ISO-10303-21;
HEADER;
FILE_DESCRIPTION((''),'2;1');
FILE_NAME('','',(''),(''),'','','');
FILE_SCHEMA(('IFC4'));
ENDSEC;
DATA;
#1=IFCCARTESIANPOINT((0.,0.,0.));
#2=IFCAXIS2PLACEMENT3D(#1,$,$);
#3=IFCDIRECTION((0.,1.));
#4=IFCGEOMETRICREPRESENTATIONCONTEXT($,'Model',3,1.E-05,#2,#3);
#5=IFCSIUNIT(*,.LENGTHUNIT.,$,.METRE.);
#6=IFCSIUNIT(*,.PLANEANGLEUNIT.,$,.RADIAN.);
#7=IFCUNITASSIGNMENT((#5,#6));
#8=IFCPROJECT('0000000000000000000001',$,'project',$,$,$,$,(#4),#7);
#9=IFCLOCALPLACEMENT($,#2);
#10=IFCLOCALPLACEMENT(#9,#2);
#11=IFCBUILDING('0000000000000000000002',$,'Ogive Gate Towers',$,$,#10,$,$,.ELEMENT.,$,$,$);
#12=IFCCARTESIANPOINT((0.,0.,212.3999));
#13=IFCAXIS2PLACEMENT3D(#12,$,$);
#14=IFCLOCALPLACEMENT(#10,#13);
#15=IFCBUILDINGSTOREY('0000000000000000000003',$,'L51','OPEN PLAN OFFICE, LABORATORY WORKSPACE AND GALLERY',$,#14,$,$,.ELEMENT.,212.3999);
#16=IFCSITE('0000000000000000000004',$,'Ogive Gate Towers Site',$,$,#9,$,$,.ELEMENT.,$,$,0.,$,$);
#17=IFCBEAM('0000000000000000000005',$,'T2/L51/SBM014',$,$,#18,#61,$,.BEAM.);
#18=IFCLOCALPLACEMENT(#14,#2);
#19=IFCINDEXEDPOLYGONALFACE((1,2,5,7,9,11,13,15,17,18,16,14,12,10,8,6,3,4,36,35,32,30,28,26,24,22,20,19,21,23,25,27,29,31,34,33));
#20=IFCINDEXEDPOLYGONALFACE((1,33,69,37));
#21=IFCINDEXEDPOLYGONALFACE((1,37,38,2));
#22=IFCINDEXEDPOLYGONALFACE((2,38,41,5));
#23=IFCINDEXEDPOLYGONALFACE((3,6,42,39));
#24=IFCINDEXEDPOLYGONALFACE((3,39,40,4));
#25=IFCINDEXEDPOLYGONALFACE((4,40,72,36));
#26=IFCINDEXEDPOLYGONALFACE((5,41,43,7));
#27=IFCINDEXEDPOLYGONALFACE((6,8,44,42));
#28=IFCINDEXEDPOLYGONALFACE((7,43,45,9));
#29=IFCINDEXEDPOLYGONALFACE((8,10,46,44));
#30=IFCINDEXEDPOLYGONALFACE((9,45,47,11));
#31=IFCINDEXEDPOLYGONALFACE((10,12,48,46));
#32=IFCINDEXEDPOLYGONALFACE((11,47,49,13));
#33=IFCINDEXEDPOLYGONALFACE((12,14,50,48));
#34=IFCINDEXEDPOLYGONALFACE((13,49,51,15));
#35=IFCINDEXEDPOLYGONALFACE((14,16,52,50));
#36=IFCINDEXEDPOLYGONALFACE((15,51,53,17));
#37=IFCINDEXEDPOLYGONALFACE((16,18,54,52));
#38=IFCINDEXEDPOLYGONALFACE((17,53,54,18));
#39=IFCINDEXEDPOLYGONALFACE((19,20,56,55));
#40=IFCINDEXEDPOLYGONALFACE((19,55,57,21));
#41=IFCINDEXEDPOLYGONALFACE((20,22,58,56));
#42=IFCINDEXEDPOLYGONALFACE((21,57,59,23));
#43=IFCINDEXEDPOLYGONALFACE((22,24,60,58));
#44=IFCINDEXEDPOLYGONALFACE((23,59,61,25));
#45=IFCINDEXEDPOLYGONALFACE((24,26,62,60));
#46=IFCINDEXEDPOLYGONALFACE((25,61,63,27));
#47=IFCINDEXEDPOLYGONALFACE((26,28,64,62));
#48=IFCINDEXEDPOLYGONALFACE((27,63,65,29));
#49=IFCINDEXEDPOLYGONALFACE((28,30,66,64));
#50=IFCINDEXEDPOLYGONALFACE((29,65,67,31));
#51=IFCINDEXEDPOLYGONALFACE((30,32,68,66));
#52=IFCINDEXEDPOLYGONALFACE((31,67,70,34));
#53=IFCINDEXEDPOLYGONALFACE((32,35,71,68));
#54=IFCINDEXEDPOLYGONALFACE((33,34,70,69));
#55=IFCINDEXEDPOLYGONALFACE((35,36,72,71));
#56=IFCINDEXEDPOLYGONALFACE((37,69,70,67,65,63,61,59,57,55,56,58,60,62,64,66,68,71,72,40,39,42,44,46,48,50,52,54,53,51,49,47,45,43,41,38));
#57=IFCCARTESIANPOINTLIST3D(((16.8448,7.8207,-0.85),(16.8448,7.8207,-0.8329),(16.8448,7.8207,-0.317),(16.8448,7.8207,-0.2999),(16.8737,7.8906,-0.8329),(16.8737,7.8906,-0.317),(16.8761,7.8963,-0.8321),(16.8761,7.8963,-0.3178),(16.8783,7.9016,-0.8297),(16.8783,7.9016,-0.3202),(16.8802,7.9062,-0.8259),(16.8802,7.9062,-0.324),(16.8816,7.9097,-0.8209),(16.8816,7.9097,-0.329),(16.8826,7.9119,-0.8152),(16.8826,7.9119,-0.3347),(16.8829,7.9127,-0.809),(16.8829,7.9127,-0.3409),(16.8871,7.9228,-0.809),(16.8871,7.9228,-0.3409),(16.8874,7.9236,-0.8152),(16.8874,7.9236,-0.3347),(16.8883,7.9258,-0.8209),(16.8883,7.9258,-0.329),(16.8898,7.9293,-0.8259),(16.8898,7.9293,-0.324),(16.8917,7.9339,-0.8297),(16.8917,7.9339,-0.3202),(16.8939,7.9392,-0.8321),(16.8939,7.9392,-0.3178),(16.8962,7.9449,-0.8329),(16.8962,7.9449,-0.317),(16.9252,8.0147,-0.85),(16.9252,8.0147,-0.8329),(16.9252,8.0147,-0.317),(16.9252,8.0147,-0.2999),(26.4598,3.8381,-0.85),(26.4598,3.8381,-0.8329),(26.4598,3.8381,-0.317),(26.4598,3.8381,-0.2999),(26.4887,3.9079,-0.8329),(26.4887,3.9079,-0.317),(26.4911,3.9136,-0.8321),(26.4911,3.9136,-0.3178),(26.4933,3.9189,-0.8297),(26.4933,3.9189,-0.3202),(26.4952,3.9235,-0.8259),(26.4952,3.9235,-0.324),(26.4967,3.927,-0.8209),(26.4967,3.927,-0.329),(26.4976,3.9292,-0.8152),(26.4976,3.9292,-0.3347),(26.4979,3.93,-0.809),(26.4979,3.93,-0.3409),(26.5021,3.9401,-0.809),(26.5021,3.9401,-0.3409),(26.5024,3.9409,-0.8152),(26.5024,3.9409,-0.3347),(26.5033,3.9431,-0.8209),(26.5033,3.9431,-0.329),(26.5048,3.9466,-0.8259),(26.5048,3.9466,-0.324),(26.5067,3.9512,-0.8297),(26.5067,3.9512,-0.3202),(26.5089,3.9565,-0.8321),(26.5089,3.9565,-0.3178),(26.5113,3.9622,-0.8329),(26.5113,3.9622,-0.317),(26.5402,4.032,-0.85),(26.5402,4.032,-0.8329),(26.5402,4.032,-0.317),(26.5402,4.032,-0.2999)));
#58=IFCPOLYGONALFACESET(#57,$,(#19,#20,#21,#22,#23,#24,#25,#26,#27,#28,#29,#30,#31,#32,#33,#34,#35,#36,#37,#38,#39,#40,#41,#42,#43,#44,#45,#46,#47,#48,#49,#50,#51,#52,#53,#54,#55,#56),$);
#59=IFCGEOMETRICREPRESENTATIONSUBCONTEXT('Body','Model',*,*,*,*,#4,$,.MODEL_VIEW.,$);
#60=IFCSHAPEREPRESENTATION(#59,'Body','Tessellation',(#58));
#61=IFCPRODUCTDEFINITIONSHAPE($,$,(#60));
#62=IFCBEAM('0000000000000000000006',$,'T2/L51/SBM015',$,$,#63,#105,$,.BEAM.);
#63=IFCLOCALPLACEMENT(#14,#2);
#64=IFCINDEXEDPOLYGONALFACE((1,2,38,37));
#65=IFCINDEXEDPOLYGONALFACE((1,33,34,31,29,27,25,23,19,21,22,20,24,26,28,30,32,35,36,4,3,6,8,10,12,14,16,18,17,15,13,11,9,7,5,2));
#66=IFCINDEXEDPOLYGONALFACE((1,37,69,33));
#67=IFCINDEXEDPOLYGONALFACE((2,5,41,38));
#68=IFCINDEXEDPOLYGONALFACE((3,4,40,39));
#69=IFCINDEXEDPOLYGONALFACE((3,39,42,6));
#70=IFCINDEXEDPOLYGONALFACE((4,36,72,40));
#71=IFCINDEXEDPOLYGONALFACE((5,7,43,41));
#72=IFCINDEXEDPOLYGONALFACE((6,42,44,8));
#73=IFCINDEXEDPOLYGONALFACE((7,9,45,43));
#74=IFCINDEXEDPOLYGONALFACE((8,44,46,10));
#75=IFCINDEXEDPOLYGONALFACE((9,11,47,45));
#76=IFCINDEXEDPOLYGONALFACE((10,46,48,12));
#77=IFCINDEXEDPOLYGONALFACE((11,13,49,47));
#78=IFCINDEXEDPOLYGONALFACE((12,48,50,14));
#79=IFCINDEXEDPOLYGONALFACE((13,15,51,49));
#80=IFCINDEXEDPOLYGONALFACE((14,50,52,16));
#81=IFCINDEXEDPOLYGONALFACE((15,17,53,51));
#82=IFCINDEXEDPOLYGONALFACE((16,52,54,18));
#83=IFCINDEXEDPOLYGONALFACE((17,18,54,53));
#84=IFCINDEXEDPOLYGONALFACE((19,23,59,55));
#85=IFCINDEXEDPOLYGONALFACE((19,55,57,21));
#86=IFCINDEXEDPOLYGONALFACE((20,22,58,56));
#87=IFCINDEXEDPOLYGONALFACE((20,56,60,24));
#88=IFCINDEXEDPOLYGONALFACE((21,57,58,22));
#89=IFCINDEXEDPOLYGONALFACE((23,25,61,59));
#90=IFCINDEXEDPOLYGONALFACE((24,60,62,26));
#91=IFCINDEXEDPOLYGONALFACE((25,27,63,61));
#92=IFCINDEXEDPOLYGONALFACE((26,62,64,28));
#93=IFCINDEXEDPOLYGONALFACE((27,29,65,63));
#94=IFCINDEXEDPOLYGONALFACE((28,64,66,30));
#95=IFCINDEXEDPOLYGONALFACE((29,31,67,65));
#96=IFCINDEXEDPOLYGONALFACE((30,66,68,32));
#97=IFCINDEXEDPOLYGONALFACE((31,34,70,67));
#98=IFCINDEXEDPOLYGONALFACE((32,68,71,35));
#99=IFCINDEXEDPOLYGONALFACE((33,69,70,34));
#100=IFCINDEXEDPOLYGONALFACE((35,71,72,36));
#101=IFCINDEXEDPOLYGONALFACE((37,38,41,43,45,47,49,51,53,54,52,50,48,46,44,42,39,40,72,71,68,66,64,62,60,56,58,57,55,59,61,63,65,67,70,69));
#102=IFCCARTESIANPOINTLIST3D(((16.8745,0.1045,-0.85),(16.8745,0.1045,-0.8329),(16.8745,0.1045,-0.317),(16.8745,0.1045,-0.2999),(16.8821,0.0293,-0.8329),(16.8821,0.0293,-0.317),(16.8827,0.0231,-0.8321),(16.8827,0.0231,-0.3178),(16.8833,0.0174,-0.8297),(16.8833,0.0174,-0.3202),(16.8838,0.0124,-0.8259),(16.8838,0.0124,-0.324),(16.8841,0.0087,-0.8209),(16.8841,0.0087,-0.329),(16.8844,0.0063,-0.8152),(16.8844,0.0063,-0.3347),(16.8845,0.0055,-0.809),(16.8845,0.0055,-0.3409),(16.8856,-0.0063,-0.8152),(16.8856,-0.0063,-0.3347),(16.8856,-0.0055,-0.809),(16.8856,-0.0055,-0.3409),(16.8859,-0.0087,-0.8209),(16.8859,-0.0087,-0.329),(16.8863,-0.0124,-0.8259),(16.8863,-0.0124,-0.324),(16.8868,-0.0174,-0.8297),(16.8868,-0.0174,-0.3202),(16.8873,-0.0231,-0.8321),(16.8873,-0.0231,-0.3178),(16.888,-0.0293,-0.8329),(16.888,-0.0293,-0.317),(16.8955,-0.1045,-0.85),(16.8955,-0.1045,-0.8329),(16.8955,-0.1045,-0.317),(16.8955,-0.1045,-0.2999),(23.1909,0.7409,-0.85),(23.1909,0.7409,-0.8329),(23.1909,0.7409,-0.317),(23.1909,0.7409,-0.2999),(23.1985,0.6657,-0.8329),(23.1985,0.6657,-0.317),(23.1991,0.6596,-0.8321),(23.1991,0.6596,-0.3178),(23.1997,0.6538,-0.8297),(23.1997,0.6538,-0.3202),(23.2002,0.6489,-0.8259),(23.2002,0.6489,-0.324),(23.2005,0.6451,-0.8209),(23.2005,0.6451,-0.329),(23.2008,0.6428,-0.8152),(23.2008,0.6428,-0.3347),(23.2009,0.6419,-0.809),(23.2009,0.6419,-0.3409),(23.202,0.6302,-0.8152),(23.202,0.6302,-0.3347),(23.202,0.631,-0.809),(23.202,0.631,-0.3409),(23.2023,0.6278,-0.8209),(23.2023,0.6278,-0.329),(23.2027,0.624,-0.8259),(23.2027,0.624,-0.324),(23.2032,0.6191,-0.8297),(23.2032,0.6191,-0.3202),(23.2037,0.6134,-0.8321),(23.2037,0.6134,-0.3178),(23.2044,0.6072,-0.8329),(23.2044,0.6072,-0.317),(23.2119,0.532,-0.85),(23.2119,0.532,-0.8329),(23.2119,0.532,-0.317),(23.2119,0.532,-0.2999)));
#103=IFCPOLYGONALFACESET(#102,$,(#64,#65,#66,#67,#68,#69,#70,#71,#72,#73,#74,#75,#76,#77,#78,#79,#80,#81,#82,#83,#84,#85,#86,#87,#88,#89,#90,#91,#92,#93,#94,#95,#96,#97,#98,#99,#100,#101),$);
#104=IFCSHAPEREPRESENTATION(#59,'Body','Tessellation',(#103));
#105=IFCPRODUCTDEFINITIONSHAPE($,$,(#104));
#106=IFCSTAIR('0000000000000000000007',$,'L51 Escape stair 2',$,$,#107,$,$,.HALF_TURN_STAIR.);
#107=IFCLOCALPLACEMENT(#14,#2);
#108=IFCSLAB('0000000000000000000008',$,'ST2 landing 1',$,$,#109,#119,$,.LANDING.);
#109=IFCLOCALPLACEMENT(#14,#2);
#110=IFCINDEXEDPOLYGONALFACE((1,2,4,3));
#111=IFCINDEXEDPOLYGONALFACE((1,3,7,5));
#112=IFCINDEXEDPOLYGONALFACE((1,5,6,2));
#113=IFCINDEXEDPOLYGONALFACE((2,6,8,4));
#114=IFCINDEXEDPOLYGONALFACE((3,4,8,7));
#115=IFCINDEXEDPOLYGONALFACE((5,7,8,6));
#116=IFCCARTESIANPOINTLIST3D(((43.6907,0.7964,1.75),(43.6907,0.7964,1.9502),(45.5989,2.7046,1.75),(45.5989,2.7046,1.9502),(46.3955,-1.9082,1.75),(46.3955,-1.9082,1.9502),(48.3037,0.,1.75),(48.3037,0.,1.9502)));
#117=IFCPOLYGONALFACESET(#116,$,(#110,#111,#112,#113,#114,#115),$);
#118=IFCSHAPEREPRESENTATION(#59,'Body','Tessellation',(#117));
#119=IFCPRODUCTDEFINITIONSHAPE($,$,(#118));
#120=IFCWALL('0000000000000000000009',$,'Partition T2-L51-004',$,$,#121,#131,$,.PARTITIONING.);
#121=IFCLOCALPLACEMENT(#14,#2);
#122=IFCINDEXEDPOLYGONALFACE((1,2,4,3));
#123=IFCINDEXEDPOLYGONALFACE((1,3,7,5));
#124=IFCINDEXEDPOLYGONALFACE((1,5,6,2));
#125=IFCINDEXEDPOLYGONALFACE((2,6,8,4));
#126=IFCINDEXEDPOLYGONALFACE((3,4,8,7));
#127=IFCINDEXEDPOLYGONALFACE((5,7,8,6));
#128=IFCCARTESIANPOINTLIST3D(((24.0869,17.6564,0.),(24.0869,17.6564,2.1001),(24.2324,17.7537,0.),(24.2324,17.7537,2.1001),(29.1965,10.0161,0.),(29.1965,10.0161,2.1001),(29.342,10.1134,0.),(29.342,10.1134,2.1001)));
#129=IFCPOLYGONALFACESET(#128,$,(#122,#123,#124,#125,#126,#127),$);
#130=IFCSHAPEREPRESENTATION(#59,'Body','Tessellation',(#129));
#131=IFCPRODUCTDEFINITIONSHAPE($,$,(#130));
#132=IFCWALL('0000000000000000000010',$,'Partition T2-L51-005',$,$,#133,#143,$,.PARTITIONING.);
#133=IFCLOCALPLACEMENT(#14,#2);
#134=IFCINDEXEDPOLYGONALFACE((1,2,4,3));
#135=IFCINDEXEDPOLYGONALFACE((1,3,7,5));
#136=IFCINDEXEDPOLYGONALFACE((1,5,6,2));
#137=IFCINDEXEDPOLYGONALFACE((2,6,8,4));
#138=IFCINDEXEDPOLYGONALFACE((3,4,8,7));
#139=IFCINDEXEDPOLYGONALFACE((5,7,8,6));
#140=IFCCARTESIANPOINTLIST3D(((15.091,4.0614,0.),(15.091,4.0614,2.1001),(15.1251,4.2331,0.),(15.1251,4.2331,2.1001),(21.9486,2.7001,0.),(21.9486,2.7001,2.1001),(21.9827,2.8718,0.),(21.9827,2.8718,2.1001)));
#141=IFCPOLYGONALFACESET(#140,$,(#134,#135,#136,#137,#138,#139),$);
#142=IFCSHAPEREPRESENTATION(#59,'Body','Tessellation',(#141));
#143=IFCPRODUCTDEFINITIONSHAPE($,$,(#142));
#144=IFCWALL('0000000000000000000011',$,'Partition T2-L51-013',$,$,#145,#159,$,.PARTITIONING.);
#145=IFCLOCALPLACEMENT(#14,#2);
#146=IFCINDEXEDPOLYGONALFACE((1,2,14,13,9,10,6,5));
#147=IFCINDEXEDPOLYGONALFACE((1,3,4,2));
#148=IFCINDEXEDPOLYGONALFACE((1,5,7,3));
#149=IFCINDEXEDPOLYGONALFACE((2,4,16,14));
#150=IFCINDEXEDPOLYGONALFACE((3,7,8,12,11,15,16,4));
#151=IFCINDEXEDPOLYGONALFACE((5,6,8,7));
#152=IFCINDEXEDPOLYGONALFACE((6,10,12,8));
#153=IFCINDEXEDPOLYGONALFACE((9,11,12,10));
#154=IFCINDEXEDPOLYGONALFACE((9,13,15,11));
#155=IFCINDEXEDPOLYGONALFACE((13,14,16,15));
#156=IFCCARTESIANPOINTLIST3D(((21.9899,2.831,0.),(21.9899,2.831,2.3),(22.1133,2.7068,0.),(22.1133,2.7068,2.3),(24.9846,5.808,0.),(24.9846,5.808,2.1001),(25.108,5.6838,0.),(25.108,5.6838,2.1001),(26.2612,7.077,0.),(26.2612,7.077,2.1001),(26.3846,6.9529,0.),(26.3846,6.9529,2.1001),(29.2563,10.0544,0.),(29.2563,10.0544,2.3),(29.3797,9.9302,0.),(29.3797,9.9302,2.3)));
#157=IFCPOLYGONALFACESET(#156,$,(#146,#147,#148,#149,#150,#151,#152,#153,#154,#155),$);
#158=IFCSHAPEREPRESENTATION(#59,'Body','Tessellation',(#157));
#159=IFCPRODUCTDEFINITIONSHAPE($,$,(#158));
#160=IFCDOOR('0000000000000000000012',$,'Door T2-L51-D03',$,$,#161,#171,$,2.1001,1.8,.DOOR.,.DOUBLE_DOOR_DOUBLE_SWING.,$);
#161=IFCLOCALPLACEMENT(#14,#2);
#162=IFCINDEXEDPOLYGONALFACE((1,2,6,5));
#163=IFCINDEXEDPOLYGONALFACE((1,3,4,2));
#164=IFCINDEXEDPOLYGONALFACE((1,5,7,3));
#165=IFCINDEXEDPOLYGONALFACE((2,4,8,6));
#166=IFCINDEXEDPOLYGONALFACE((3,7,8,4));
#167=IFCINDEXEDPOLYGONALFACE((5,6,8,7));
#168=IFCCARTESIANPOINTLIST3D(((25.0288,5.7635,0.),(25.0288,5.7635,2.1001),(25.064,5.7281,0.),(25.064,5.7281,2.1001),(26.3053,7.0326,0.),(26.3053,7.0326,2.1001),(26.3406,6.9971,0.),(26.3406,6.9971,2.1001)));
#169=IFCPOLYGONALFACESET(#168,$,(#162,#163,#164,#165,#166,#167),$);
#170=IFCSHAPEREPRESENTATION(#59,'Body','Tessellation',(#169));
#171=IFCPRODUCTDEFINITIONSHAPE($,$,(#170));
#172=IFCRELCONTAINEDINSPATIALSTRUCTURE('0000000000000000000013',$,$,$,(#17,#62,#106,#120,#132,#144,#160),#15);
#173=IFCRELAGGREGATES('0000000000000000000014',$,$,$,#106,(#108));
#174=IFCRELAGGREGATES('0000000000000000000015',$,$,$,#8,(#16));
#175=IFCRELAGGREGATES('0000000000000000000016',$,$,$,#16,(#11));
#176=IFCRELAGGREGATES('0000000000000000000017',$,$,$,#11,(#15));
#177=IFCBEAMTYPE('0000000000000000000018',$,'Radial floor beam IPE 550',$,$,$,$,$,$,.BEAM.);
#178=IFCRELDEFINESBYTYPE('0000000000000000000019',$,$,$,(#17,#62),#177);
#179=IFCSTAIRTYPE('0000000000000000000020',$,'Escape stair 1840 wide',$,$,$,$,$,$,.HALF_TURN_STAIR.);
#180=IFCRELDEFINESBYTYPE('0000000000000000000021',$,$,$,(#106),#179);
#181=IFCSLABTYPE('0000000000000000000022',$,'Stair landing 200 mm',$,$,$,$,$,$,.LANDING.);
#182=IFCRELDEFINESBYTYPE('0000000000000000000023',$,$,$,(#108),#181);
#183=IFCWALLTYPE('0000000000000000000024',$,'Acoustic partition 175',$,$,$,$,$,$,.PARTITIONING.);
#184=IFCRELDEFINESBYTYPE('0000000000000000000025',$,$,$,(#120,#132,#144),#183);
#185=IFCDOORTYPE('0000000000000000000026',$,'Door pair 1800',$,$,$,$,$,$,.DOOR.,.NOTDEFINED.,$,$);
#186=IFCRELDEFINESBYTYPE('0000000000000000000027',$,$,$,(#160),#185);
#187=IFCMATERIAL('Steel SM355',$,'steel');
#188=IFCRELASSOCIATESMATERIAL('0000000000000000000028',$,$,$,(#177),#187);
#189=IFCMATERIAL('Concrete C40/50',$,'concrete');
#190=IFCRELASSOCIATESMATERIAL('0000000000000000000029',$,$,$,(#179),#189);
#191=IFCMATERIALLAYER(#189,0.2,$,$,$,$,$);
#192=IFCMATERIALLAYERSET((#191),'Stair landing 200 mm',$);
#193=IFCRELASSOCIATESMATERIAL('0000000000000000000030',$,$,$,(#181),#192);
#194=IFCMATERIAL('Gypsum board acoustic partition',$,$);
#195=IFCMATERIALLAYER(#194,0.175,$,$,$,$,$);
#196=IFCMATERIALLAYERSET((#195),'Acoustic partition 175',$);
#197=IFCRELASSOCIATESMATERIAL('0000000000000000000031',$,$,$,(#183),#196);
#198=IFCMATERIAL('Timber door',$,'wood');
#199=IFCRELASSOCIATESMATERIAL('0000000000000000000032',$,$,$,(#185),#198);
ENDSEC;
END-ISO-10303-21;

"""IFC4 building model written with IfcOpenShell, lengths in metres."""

from ifc_helpers import new_model, si_unit, direction, frame, frame_2d, origin, origin_2d, place, context, subcontext, project, spatial, polyline, rectangle, i_section, outline, extrude, material, layer, layer_set, material_profile, profile_set, type_object, element, fill, aggregate, save


model = new_model("IFC4")

# Units and contexts
model_context = context("Model", 3, precision=1e-05, world=origin(), true_north=direction((0.0, 1.0)))
body_context = subcontext(model_context, "Body", "Model", "MODEL_VIEW")
ifc_project = project(units=[si_unit("LENGTHUNIT", "METRE"), si_unit("PLANEANGLEUNIT", "RADIAN")], contexts=[model_context])

# Site, building, storey
site_placement = place(None, origin())
site = spatial("IfcSite", under=ifc_project, at=site_placement, Name="Ogive Gate Towers Site", CompositionType="ELEMENT", RefElevation=0.0)
building_placement = place(site_placement, origin())
building = spatial("IfcBuilding", under=site, at=building_placement, Name="Ogive Gate Towers", CompositionType="ELEMENT")
storey_placement = place(building_placement, frame((0.0, 0.0, 212.3999)))
storey = spatial("IfcBuildingStorey", under=building, at=storey_placement, Name="L51", Description="OPEN PLAN OFFICE, LABORATORY WORKSPACE AND GALLERY", CompositionType="ELEMENT", Elevation=212.3999)

# Beams
ifc_material_1 = material(Name="Concrete C40/50", Category="concrete")
ifc_material_2 = material(Name="Steel SM355", Category="steel")
ifc_material_profile_1 = material_profile(ifc_material_2, i_section(OverallWidth=0.21, OverallDepth=0.55, WebThickness=0.011, FlangeThickness=0.0171, FilletRadius=0.0239, at=origin_2d()), Name="IPE 550")
ifc_profile_set_1 = profile_set([ifc_material_profile_1], Name="Steel SM355")
beam_type_1 = type_object("IfcBeamType", Name="Radial floor beam IPE 550", PredefinedType="BEAM", material=ifc_profile_set_1)
beam_1_placement = place(storey_placement, frame((26.5, 3.9351, -0.575), z_axis=(-0.923879, 0.382684, 0.0), x_axis=(-0.382684, -0.923879, 0.0)))
element("IfcBeam", 1, at=beam_1_placement, inside=storey, type_object=beam_type_1, Name="T2/L51/SBM014", PredefinedType="BEAM", context=body_context, shape_type="SweptSolid", body=[
    extrude(i_section(OverallWidth=0.21, OverallDepth=0.55, WebThickness=0.011, FlangeThickness=0.0171, FilletRadius=0.0239, at=origin_2d()), origin(), (0.0, 0.0, 1.0), 10.4072),
])
beam_2_placement = place(storey_placement, frame((23.2014, 0.6365, -0.575), z_axis=(-0.994962, -0.100258, 0.0), x_axis=(0.100258, -0.994962, 0.0)))
element("IfcBeam", 2, at=beam_2_placement, inside=storey, type_object=beam_type_1, Name="T2/L51/SBM015", PredefinedType="BEAM", context=body_context, shape_type="SweptSolid", body=[
    extrude(i_section(OverallWidth=0.21, OverallDepth=0.55, WebThickness=0.011, FlangeThickness=0.0171, FilletRadius=0.0239, at=origin_2d()), origin(), (0.0, 0.0, 1.0), 6.3484),
])

# Stair, slab
stair_type = type_object("IfcStairType", Name="Escape stair 1840 wide", PredefinedType="HALF_TURN_STAIR", material=ifc_material_1)
stair_1_placement = place(storey_placement, origin())
stair_1 = element("IfcStair", 3, at=stair_1_placement, inside=storey, type_object=stair_type, Name="L51 Escape stair 2", PredefinedType="HALF_TURN_STAIR")
ifc_layer_1 = layer(ifc_material_1, 0.2)
ifc_layer_set_1 = layer_set([ifc_layer_1], Name="Stair landing 200 mm")
slab_type = type_object("IfcSlabType", Name="Stair landing 200 mm", PredefinedType="LANDING", material=ifc_layer_set_1)
slab_placement = place(storey_placement, frame((0.0, 0.0, 1.75)))
slab = element("IfcSlab", 4, at=slab_placement, type_object=slab_type, Name="ST2 landing 1", PredefinedType="LANDING", context=body_context, shape_type="SweptSolid", body=[
    extrude(outline(polyline([(46.3955, -1.9082), (48.3037, 0.0), (45.5989, 2.7046), (43.6907, 0.7964), (46.3955, -1.9082)])), origin(), (0.0, 0.0, 1.0), 0.2002),
])
aggregate(stair_1, [slab])

# Walls
ifc_material_3 = material(Name="Gypsum board acoustic partition")
ifc_layer_2 = layer(ifc_material_3, 0.175)
ifc_layer_set_2 = layer_set([ifc_layer_2], Name="Acoustic partition 175")
wall_type_1 = type_object("IfcWallType", Name="Acoustic partition 175", PredefinedType="PARTITIONING", material=ifc_layer_set_2)
wall_1_placement = place(storey_placement, frame((24.1597, 17.7051, 0.0), z_axis=(0.0, 0.0, 1.0), x_axis=(0.555907, -0.831244, 0.0)))
element("IfcWall", 5, at=wall_1_placement, inside=storey, type_object=wall_type_1, Name="Partition T2-L51-004", PredefinedType="PARTITIONING", context=body_context, shape_type="SweptSolid", body=[
    extrude(rectangle(XDim=9.1914, YDim=0.175, at=frame_2d((4.5957, 0.0))), origin(), (0.0, 0.0, 1.0), 2.1001),
])
wall_2_placement = place(storey_placement, frame((15.1082, 4.1472, 0.0), z_axis=(0.0, 0.0, 1.0), x_axis=(0.98086, -0.194712, 0.0)))
element("IfcWall", 6, at=wall_2_placement, inside=storey, type_object=wall_type_1, Name="Partition T2-L51-005", PredefinedType="PARTITIONING", context=body_context, shape_type="SweptSolid", body=[
    extrude(rectangle(XDim=6.9915, YDim=0.175, at=frame_2d((3.4956, 0.0))), origin(), (0.0, 0.0, 1.0), 2.1001),
])

# Wall, opening, door
wall_3_placement = place(storey_placement, frame((22.0515, 2.7688, 0.0), z_axis=(0.0, 0.0, 1.0), x_axis=(0.709201, 0.705007, 0.0)))
wall_3 = element("IfcWall", 7, at=wall_3_placement, inside=storey, type_object=wall_type_1, Name="Partition T2-L51-013", PredefinedType="PARTITIONING", context=body_context, shape_type="SweptSolid", body=[
    extrude(rectangle(XDim=10.2458, YDim=0.175, at=frame_2d((5.123, 0.0))), origin(), (0.0, 0.0, 1.0), 2.3),
])
opening_1_placement = place(wall_3_placement, frame((4.2229, 0.0, 0.0)))
opening_1 = element("IfcOpeningElement", 8, at=opening_1_placement, cuts=wall_3, PredefinedType="OPENING", context=body_context, shape_type="SweptSolid", body=[
    extrude(rectangle(XDim=1.8, YDim=2.1001, at=frame_2d((0.8999, 1.05))), frame((0.0, 0.0977, 0.0), z_axis=(0.0, -1.0, 0.0), x_axis=(1.0, 0.0, 0.0)), (0.0, 0.0, 1.0), 0.1951),
])
ifc_material_4 = material(Name="Timber door", Category="wood")
door_type_1 = type_object("IfcDoorType", Name="Door pair 1800", OperationType="NOTDEFINED", PredefinedType="DOOR", material=ifc_material_4)
door_1_placement = place(opening_1_placement, origin())
door_1 = element("IfcDoor", 9, at=door_1_placement, inside=storey, type_object=door_type_1, Name="Door T2-L51-D03", OperationType="DOUBLE_DOOR_DOUBLE_SWING", OverallHeight=2.1001, OverallWidth=1.8, PredefinedType="DOOR", context=body_context, shape_type="SweptSolid", body=[
    extrude(rectangle(XDim=1.8, YDim=2.1001, at=frame_2d((0.8999, 1.05))), frame((0.0, 0.0249, 0.0), z_axis=(0.0, -1.0, 0.0), x_axis=(1.0, 0.0, 0.0)), (0.0, 0.0, 1.0), 0.05),
])
fill(opening_1, door_1)

save(model, "model.ifc")
